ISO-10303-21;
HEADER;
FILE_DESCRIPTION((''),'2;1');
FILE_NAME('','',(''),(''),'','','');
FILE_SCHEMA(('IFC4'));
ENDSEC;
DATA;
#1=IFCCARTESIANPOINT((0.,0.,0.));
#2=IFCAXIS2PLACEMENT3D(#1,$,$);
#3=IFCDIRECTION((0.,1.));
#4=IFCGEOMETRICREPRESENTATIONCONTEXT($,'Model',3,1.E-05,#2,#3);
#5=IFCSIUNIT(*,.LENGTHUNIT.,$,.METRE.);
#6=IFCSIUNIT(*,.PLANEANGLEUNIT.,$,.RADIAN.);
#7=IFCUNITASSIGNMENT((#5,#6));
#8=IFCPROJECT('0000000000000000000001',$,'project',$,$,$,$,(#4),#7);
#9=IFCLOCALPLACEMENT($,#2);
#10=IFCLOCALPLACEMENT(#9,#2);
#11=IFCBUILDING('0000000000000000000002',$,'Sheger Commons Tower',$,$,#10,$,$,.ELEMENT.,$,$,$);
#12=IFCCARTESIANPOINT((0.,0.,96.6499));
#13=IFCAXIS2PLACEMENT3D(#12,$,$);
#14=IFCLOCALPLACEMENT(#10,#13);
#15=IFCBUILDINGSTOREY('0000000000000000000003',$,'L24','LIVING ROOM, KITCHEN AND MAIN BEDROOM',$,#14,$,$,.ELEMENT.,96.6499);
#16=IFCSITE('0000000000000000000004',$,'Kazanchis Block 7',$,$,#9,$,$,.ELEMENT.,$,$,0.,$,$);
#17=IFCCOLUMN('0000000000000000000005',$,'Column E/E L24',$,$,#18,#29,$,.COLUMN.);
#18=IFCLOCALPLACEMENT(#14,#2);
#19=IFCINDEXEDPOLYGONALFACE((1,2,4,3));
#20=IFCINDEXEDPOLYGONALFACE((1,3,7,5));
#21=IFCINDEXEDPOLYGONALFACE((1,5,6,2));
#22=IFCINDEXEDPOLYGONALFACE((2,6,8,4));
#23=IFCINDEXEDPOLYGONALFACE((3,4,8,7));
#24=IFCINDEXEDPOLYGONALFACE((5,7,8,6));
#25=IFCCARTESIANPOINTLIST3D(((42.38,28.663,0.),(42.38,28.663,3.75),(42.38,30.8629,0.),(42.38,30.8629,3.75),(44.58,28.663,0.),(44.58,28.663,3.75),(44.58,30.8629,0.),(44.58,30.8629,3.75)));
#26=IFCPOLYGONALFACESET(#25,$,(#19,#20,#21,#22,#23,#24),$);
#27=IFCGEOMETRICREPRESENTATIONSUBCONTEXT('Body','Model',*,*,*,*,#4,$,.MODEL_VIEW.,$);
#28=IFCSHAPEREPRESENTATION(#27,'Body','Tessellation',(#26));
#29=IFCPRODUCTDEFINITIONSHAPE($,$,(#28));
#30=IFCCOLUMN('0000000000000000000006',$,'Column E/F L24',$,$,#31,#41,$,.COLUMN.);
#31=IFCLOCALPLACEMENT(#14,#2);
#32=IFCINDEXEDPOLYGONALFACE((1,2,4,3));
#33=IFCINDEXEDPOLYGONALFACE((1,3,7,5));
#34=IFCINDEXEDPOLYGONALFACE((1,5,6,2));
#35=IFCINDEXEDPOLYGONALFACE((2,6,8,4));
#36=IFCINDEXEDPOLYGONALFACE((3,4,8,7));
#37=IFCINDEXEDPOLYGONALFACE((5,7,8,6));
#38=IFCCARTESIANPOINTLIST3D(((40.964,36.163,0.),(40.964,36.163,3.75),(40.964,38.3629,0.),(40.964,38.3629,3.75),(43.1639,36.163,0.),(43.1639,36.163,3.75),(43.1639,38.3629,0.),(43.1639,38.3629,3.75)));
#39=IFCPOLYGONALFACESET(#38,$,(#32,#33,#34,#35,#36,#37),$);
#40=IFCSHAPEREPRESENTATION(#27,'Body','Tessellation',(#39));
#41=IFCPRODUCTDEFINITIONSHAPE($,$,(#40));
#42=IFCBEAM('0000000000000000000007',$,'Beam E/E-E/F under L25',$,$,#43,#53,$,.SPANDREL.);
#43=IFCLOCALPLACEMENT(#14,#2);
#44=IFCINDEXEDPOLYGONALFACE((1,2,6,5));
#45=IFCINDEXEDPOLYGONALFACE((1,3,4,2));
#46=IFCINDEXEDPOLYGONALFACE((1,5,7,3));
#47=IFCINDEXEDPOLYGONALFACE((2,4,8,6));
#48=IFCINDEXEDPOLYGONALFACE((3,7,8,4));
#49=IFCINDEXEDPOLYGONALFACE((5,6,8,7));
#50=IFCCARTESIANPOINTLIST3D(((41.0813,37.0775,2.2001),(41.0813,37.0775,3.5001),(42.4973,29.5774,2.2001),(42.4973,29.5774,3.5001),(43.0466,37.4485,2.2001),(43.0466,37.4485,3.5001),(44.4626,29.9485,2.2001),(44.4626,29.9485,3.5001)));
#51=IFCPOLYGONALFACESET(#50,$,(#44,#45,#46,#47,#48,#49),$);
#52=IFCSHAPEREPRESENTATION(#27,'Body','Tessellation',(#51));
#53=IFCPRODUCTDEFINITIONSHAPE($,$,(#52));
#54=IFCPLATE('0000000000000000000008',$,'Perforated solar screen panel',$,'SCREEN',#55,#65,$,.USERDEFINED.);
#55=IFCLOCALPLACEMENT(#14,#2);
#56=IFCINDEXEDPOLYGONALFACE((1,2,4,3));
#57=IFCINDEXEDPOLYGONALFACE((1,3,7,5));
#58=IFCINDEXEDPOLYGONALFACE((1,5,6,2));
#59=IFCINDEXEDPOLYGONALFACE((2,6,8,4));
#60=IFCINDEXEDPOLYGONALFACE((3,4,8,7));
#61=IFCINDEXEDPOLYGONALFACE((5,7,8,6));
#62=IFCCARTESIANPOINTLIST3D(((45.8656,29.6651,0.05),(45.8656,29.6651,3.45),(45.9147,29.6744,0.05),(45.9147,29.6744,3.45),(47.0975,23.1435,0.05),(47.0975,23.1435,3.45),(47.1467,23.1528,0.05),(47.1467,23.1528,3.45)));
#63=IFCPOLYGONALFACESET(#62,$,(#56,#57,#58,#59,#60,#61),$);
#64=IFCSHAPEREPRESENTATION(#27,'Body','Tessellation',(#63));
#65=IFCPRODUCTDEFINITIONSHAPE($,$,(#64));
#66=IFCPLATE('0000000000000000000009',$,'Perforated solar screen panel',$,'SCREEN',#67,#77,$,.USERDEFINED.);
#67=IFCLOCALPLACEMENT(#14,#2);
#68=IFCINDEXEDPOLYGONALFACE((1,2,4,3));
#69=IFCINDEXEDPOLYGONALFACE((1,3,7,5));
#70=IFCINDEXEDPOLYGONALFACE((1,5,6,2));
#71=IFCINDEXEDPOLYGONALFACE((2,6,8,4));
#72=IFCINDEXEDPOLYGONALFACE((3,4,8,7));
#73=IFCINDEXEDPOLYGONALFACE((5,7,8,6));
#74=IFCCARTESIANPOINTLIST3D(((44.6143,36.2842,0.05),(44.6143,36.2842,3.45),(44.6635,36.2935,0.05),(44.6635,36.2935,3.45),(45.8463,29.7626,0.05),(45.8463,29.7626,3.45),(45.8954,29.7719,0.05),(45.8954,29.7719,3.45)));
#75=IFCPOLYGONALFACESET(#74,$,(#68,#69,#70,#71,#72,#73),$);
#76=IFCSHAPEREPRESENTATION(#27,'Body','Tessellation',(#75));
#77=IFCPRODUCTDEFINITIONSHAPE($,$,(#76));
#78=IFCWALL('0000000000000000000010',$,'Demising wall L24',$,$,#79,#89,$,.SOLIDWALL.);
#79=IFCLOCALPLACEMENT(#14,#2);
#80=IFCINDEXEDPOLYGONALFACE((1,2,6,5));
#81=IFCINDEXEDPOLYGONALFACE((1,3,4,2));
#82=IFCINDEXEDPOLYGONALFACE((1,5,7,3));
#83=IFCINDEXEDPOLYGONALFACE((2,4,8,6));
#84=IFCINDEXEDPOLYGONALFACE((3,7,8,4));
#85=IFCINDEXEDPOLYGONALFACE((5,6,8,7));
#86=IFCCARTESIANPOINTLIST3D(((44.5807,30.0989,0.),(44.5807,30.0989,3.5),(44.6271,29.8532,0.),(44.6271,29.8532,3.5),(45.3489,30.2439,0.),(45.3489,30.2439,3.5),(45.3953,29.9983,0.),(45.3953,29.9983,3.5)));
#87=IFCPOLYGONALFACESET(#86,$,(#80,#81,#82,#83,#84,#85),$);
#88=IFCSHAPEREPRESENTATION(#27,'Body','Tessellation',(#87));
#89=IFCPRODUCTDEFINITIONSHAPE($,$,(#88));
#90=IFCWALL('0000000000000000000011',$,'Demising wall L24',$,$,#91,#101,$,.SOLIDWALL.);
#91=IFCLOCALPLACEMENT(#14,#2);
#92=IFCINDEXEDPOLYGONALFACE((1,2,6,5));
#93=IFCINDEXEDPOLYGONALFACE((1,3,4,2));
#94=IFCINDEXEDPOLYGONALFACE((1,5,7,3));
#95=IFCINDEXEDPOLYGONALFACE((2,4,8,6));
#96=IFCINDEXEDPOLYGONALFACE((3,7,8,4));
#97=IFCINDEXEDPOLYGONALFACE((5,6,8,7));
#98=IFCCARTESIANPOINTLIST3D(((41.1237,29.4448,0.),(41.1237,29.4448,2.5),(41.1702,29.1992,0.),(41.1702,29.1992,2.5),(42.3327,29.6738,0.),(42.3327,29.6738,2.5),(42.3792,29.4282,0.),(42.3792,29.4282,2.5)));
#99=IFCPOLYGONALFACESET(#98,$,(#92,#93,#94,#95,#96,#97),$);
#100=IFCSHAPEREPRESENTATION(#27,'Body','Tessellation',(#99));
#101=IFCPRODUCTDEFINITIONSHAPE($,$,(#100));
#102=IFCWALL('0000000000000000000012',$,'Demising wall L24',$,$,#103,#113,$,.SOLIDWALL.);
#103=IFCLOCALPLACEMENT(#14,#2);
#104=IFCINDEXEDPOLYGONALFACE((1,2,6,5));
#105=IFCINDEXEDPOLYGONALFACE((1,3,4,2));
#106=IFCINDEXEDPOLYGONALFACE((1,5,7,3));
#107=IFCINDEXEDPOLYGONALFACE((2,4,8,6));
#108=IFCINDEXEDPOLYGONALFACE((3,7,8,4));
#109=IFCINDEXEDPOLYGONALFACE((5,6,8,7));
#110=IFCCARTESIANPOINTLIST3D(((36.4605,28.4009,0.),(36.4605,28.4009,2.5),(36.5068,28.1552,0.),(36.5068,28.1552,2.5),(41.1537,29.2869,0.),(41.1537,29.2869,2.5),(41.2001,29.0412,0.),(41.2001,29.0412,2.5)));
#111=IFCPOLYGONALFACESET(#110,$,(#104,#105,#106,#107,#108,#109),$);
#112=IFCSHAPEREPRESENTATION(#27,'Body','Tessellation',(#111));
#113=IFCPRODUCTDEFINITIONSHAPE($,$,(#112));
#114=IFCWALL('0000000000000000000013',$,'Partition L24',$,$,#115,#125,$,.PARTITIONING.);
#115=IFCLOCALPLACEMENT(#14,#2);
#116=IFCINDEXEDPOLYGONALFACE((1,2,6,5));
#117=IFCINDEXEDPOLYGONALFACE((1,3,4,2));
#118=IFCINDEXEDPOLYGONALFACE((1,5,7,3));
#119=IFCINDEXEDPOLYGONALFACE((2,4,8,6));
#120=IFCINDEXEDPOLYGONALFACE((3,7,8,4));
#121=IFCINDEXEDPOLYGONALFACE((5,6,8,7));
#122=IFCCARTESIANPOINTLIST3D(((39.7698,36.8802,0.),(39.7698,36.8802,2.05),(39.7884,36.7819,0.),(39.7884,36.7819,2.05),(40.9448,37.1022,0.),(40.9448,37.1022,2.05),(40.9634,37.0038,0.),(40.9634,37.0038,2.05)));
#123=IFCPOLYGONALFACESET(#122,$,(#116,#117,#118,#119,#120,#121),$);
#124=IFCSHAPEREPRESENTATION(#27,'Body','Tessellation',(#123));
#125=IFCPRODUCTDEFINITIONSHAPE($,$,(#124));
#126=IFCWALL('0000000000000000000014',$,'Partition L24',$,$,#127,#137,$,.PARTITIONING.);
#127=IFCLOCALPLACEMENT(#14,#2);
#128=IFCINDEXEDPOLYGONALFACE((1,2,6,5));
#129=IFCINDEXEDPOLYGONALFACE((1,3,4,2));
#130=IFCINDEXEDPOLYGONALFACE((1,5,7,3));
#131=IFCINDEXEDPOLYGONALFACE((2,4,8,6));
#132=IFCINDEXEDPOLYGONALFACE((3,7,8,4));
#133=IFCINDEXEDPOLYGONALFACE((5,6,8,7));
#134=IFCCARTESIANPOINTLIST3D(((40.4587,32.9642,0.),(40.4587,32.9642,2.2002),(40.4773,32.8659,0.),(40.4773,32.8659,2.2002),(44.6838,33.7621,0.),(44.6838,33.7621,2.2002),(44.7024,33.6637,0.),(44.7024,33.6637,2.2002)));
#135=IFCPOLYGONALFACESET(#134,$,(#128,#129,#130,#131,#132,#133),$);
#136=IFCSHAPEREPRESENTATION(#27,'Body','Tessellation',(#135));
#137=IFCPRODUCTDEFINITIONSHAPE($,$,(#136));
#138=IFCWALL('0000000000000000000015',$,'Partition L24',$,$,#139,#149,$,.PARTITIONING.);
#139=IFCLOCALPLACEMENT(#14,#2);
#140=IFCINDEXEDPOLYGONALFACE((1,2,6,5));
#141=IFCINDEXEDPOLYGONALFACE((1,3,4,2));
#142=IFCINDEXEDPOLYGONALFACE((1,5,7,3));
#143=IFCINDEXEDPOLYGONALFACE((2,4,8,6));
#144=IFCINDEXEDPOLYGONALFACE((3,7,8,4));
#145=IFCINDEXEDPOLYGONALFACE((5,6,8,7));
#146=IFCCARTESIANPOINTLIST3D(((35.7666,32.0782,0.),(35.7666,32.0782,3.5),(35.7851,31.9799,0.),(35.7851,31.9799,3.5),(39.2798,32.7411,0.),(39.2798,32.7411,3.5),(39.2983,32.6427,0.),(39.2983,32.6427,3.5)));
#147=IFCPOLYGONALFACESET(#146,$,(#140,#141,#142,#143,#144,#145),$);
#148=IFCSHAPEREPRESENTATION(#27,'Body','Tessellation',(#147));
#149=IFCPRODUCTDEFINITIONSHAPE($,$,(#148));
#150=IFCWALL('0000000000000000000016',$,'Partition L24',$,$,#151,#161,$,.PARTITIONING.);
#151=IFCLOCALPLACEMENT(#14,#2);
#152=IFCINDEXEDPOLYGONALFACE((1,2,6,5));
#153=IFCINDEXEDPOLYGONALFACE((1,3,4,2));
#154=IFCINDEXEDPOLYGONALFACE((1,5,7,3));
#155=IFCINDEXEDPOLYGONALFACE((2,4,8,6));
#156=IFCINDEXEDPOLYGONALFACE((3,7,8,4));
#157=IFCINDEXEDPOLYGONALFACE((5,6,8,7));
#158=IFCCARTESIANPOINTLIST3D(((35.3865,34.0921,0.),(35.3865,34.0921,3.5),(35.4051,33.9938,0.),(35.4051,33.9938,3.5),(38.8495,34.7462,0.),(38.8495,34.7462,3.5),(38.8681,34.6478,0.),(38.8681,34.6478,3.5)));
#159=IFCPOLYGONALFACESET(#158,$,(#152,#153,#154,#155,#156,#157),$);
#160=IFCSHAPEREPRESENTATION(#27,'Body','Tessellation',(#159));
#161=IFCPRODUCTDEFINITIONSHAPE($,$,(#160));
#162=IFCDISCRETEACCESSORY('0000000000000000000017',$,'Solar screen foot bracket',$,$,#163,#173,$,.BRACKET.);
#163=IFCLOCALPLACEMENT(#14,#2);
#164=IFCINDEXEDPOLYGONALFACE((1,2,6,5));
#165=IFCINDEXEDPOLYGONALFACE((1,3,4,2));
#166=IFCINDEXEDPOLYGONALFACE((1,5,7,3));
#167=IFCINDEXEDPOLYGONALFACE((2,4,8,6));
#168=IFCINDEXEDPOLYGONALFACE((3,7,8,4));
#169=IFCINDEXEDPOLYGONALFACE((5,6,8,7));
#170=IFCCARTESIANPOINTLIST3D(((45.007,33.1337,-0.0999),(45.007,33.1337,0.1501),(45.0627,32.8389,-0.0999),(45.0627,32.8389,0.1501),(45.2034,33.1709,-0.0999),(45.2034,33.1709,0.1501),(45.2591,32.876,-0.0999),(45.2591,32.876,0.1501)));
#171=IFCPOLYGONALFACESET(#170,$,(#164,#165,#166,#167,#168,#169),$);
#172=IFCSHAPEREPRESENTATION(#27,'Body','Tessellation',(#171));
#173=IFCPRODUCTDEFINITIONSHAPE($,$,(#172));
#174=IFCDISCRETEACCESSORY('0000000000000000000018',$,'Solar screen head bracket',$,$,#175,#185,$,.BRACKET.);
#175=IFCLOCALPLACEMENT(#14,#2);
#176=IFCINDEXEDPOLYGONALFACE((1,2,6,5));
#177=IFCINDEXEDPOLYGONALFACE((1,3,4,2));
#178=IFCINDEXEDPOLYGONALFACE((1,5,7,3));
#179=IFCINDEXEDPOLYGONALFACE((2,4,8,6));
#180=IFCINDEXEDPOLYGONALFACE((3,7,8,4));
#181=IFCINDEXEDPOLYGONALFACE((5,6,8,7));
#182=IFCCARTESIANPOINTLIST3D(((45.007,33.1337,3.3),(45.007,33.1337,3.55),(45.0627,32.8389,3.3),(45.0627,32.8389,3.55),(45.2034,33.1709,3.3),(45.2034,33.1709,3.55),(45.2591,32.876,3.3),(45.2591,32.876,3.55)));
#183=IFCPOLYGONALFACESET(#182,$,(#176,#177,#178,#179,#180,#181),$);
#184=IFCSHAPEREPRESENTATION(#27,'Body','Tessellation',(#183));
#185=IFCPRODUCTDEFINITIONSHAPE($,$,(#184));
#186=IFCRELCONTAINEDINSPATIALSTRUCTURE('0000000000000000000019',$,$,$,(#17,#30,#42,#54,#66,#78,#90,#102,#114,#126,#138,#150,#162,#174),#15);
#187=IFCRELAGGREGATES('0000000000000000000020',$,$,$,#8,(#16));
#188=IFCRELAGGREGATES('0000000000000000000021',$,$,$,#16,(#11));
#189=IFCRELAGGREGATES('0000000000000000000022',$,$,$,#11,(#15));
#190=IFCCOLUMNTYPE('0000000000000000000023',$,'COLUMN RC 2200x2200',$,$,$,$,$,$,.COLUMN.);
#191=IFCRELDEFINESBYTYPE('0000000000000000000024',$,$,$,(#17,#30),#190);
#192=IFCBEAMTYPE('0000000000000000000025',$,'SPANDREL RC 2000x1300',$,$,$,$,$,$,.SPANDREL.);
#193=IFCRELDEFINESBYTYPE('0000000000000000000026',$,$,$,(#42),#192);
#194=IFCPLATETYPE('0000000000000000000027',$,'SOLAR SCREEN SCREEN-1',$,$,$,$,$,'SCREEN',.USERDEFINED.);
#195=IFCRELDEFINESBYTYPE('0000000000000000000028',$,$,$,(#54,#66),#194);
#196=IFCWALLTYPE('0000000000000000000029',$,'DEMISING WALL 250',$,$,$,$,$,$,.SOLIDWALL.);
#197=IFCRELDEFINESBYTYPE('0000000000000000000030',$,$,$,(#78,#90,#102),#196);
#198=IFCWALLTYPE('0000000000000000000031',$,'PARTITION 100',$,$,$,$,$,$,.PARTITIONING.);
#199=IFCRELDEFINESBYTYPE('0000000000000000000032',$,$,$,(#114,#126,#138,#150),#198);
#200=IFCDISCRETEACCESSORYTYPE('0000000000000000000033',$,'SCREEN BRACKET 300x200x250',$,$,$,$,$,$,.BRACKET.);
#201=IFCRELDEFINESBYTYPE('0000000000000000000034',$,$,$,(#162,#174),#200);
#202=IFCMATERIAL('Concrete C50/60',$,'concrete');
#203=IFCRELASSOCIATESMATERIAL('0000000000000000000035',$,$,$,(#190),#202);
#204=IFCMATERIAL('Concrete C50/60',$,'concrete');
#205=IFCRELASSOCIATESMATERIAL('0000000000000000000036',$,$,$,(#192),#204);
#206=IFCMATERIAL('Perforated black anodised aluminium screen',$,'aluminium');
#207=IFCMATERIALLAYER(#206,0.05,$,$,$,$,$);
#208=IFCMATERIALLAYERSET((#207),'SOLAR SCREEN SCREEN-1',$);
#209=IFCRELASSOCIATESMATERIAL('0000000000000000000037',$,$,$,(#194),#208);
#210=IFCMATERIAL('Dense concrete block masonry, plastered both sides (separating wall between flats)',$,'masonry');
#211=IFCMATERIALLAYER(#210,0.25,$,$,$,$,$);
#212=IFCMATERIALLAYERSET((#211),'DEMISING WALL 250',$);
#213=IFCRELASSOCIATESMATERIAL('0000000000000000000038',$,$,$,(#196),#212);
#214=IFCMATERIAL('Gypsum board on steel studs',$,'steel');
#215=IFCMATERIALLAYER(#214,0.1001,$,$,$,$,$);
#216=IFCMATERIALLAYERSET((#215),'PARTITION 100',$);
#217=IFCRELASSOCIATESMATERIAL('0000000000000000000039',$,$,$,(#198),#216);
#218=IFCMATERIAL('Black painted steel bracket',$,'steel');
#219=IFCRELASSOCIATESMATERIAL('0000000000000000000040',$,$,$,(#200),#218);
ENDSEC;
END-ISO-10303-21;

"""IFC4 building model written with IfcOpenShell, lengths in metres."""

from ifc_helpers import new_model, si_unit, direction, frame, frame_2d, origin, origin_2d, place, context, subcontext, project, spatial, rectangle, extrude, material, layer, layer_set, material_profile, profile_set, type_object, element, save


model = new_model("IFC4")

# Units and contexts
model_context = context("Model", 3, precision=1e-05, world=origin(), true_north=direction((0.0, 1.0)))
body_context = subcontext(model_context, "Body", "Model", "MODEL_VIEW")
ifc_project = project(units=[si_unit("LENGTHUNIT", "METRE"), si_unit("PLANEANGLEUNIT", "RADIAN")], contexts=[model_context])

# Site, building, storey
site_placement = place(None, origin())
site = spatial("IfcSite", under=ifc_project, at=site_placement, Name="Kazanchis Block 7", CompositionType="ELEMENT", RefElevation=0.0)
building_placement = place(site_placement, origin())
building = spatial("IfcBuilding", under=site, at=building_placement, Name="Sheger Commons Tower", CompositionType="ELEMENT")
storey_placement = place(building_placement, frame((0.0, 0.0, 96.6499)))
storey = spatial("IfcBuildingStorey", under=building, at=storey_placement, Name="L24", Description="LIVING ROOM, KITCHEN AND MAIN BEDROOM", CompositionType="ELEMENT", Elevation=96.6499)

# Columns
ifc_material_1 = material(Name="Concrete C50/60", Category="concrete")
ifc_material_profile_1 = material_profile(ifc_material_1, rectangle(XDim=2.2, YDim=2.2, at=origin_2d()), Name="RC 2200x2200")
ifc_profile_set_1 = profile_set([ifc_material_profile_1], Name="Concrete C50/60")
column_type = type_object("IfcColumnType", Name="COLUMN RC 2200x2200", PredefinedType="COLUMN", material=ifc_profile_set_1)
for number, where, z_axis, x_axis, name in (
    (1, (43.48, 29.7629, 0.0), (0.0, 0.0, 1.0), (1.0, 0.0, 0.0), "Column E/E L24"),
    (2, (42.064, 37.2629, 0.0), (0.0, 0.0, 1.0), (1.0, 0.0, 0.0), "Column E/F L24"),
):
    element("IfcColumn", number, at=place(storey_placement, frame(where, z_axis=z_axis, x_axis=x_axis)), inside=storey, type_object=column_type, Name=name, PredefinedType="COLUMN", context=body_context, shape_type="SweptSolid", body=[
        extrude(rectangle(XDim=2.2, YDim=2.2, at=origin_2d()), origin(), (0.0, 0.0, 1.0), 3.75),
    ])

# Beam
ifc_material_2 = material(Name="Concrete C50/60", Category="concrete")
ifc_material_profile_2 = material_profile(ifc_material_2, rectangle(XDim=2.0, YDim=1.3, at=origin_2d()), Name="RC 2000x1300")
ifc_profile_set_2 = profile_set([ifc_material_profile_2], Name="Concrete C50/60")
beam_type = type_object("IfcBeamType", Name="SPANDREL RC 2000x1300", PredefinedType="SPANDREL", material=ifc_profile_set_2)
beam_placement = place(storey_placement, frame((43.48, 29.7629, 2.8501), z_axis=(-0.185524, 0.98264, 0.0), x_axis=(-0.98264, -0.185524, 0.0)))
element("IfcBeam", 3, at=beam_placement, inside=storey, type_object=beam_type, Name="Beam E/E-E/F under L25", PredefinedType="SPANDREL", context=body_context, shape_type="SweptSolid", body=[
    extrude(rectangle(XDim=2.0, YDim=1.3, at=origin_2d()), origin(), (0.0, 0.0, 1.0), 7.6326),
])

# Plates
ifc_material_3 = material(Name="Perforated black anodised aluminium screen", Category="aluminium")
ifc_layer_1 = layer(ifc_material_3, 0.05)
ifc_layer_set_1 = layer_set([ifc_layer_1], Name="SOLAR SCREEN SCREEN-1")
plate_type = type_object("IfcPlateType", Name="SOLAR SCREEN SCREEN-1", ElementType="SCREEN", PredefinedType="USERDEFINED", material=ifc_layer_set_1)
for number, where, z_axis, x_axis, name in (
    (4, (46.5061, 26.4089, 0.05), (0.0, 0.0, 1.0), (-0.185615, 0.982623, 0.0), "Perforated solar screen panel"),
    (5, (45.2549, 33.0281, 0.05), (0.0, 0.0, 1.0), (-0.185615, 0.982623, 0.0), "Perforated solar screen panel"),
):
    element("IfcPlate", number, at=place(storey_placement, frame(where, z_axis=z_axis, x_axis=x_axis)), inside=storey, type_object=plate_type, Name=name, ObjectType="SCREEN", PredefinedType="USERDEFINED", context=body_context, shape_type="SweptSolid", body=[
        extrude(rectangle(XDim=6.637, YDim=0.05, at=origin_2d()), origin(), (0.0, 0.0, 1.0), 3.3999),
    ])

# Walls
ifc_material_4 = material(Name="Dense concrete block masonry, plastered both sides (separating wall between flats)", Category="masonry")
ifc_layer_2 = layer(ifc_material_4, 0.25)
ifc_layer_set_2 = layer_set([ifc_layer_2], Name="DEMISING WALL 250")
wall_type_1 = type_object("IfcWallType", Name="DEMISING WALL 250", PredefinedType="SOLIDWALL", material=ifc_layer_set_2)
wall_1_placement = place(storey_placement, frame((45.3721, 30.1211, 0.0), z_axis=(0.0, 0.0, 1.0), x_axis=(-0.982638, -0.185533, 0.0)))
element("IfcWall", 6, at=wall_1_placement, inside=storey, type_object=wall_type_1, Name="Demising wall L24", PredefinedType="SOLIDWALL", context=body_context, shape_type="SweptSolid", body=[
    extrude(rectangle(XDim=0.7817, YDim=0.25, at=frame_2d((0.3909, 0.0))), origin(), (0.0, 0.0, 1.0), 3.5),
])
wall_2_placement = place(storey_placement, frame((42.356, 29.551, 0.0), z_axis=(0.0, 0.0, 1.0), x_axis=(-0.982529, -0.186109, 0.0)))
element("IfcWall", 7, at=wall_2_placement, inside=storey, type_object=wall_type_1, Name="Demising wall L24", PredefinedType="SOLIDWALL", context=body_context, shape_type="SweptSolid", body=[
    extrude(rectangle(XDim=1.2305, YDim=0.25, at=frame_2d((0.6152, 0.0))), origin(), (0.0, 0.0, 1.0), 2.5),
])
wall_3_placement = place(storey_placement, frame((41.177, 29.1641, 0.0), z_axis=(0.0, 0.0, 1.0), x_axis=(-0.982643, -0.185508, 0.0)))
element("IfcWall", 8, at=wall_3_placement, inside=storey, type_object=wall_type_1, Name="Demising wall L24", PredefinedType="SOLIDWALL", context=body_context, shape_type="SweptSolid", body=[
    extrude(rectangle(XDim=4.7761, YDim=0.25, at=frame_2d((2.3882, 0.0))), origin(), (0.0, 0.0, 1.0), 2.5),
])
ifc_material_5 = material(Name="Gypsum board on steel studs", Category="steel")
ifc_layer_3 = layer(ifc_material_5, 0.1001)
ifc_layer_set_3 = layer_set([ifc_layer_3], Name="PARTITION 100")
wall_type_2 = type_object("IfcWallType", Name="PARTITION 100", PredefinedType="PARTITIONING", material=ifc_layer_set_3)
wall_4_placement = place(storey_placement, frame((40.9541, 37.053, 0.0), z_axis=(0.0, 0.0, 1.0), x_axis=(-0.982629, -0.185583, 0.0)))
element("IfcWall", 9, at=wall_4_placement, inside=storey, type_object=wall_type_2, Name="Partition L24", PredefinedType="PARTITIONING", context=body_context, shape_type="SweptSolid", body=[
    extrude(rectangle(XDim=1.1958, YDim=0.1001, at=frame_2d((0.5979, 0.0))), origin(), (0.0, 0.0, 1.0), 2.05),
])
wall_5_placement = place(storey_placement, frame((44.6931, 33.7129, 0.0), z_axis=(0.0, 0.0, 1.0), x_axis=(-0.982634, -0.185557, 0.0)))
element("IfcWall", 10, at=wall_5_placement, inside=storey, type_object=wall_type_2, Name="Partition L24", PredefinedType="PARTITIONING", context=body_context, shape_type="SweptSolid", body=[
    extrude(rectangle(XDim=4.2998, YDim=0.1001, at=frame_2d((2.1499, 0.0))), origin(), (0.0, 0.0, 1.0), 2.2002),
])
wall_6_placement = place(storey_placement, frame((39.2891, 32.6919, 0.0), z_axis=(0.0, 0.0, 1.0), x_axis=(-0.982663, -0.185402, 0.0)))
element("IfcWall", 11, at=wall_6_placement, inside=storey, type_object=wall_type_2, Name="Partition L24", PredefinedType="PARTITIONING", context=body_context, shape_type="SweptSolid", body=[
    extrude(rectangle(XDim=3.5752, YDim=0.1001, at=frame_2d((1.7876, 0.0))), origin(), (0.0, 0.0, 1.0), 3.5),
])
wall_7_placement = place(storey_placement, frame((38.8589, 34.697, 0.0), z_axis=(0.0, 0.0, 1.0), x_axis=(-0.982627, -0.185593, 0.0)))
element("IfcWall", 12, at=wall_7_placement, inside=storey, type_object=wall_type_2, Name="Partition L24", PredefinedType="PARTITIONING", context=body_context, shape_type="SweptSolid", body=[
    extrude(rectangle(XDim=3.5242, YDim=0.1001, at=frame_2d((1.7622, 0.0))), origin(), (0.0, 0.0, 1.0), 3.5),
])

# Discrete accessories
ifc_material_6 = material(Name="Black painted steel bracket", Category="steel")
discrete_accessory_type = type_object("IfcDiscreteAccessoryType", Name="SCREEN BRACKET 300x200x250", PredefinedType="BRACKET", material=ifc_material_6)
for number, where, z_axis, x_axis, name in (
    (13, (45.1331, 33.0049, -0.0999), (0.0, 0.0, 1.0), (-0.185615, 0.982623, 0.0), "Solar screen foot bracket"),
    (14, (45.1331, 33.0049, 3.3), (0.0, 0.0, 1.0), (-0.185615, 0.982623, 0.0), "Solar screen head bracket"),
):
    element("IfcDiscreteAccessory", number, at=place(storey_placement, frame(where, z_axis=z_axis, x_axis=x_axis)), inside=storey, type_object=discrete_accessory_type, Name=name, PredefinedType="BRACKET", context=body_context, shape_type="SweptSolid", body=[
        extrude(rectangle(XDim=0.3, YDim=0.2, at=origin_2d()), origin(), (0.0, 0.0, 1.0), 0.25),
    ])

save(model, "model.ifc")
